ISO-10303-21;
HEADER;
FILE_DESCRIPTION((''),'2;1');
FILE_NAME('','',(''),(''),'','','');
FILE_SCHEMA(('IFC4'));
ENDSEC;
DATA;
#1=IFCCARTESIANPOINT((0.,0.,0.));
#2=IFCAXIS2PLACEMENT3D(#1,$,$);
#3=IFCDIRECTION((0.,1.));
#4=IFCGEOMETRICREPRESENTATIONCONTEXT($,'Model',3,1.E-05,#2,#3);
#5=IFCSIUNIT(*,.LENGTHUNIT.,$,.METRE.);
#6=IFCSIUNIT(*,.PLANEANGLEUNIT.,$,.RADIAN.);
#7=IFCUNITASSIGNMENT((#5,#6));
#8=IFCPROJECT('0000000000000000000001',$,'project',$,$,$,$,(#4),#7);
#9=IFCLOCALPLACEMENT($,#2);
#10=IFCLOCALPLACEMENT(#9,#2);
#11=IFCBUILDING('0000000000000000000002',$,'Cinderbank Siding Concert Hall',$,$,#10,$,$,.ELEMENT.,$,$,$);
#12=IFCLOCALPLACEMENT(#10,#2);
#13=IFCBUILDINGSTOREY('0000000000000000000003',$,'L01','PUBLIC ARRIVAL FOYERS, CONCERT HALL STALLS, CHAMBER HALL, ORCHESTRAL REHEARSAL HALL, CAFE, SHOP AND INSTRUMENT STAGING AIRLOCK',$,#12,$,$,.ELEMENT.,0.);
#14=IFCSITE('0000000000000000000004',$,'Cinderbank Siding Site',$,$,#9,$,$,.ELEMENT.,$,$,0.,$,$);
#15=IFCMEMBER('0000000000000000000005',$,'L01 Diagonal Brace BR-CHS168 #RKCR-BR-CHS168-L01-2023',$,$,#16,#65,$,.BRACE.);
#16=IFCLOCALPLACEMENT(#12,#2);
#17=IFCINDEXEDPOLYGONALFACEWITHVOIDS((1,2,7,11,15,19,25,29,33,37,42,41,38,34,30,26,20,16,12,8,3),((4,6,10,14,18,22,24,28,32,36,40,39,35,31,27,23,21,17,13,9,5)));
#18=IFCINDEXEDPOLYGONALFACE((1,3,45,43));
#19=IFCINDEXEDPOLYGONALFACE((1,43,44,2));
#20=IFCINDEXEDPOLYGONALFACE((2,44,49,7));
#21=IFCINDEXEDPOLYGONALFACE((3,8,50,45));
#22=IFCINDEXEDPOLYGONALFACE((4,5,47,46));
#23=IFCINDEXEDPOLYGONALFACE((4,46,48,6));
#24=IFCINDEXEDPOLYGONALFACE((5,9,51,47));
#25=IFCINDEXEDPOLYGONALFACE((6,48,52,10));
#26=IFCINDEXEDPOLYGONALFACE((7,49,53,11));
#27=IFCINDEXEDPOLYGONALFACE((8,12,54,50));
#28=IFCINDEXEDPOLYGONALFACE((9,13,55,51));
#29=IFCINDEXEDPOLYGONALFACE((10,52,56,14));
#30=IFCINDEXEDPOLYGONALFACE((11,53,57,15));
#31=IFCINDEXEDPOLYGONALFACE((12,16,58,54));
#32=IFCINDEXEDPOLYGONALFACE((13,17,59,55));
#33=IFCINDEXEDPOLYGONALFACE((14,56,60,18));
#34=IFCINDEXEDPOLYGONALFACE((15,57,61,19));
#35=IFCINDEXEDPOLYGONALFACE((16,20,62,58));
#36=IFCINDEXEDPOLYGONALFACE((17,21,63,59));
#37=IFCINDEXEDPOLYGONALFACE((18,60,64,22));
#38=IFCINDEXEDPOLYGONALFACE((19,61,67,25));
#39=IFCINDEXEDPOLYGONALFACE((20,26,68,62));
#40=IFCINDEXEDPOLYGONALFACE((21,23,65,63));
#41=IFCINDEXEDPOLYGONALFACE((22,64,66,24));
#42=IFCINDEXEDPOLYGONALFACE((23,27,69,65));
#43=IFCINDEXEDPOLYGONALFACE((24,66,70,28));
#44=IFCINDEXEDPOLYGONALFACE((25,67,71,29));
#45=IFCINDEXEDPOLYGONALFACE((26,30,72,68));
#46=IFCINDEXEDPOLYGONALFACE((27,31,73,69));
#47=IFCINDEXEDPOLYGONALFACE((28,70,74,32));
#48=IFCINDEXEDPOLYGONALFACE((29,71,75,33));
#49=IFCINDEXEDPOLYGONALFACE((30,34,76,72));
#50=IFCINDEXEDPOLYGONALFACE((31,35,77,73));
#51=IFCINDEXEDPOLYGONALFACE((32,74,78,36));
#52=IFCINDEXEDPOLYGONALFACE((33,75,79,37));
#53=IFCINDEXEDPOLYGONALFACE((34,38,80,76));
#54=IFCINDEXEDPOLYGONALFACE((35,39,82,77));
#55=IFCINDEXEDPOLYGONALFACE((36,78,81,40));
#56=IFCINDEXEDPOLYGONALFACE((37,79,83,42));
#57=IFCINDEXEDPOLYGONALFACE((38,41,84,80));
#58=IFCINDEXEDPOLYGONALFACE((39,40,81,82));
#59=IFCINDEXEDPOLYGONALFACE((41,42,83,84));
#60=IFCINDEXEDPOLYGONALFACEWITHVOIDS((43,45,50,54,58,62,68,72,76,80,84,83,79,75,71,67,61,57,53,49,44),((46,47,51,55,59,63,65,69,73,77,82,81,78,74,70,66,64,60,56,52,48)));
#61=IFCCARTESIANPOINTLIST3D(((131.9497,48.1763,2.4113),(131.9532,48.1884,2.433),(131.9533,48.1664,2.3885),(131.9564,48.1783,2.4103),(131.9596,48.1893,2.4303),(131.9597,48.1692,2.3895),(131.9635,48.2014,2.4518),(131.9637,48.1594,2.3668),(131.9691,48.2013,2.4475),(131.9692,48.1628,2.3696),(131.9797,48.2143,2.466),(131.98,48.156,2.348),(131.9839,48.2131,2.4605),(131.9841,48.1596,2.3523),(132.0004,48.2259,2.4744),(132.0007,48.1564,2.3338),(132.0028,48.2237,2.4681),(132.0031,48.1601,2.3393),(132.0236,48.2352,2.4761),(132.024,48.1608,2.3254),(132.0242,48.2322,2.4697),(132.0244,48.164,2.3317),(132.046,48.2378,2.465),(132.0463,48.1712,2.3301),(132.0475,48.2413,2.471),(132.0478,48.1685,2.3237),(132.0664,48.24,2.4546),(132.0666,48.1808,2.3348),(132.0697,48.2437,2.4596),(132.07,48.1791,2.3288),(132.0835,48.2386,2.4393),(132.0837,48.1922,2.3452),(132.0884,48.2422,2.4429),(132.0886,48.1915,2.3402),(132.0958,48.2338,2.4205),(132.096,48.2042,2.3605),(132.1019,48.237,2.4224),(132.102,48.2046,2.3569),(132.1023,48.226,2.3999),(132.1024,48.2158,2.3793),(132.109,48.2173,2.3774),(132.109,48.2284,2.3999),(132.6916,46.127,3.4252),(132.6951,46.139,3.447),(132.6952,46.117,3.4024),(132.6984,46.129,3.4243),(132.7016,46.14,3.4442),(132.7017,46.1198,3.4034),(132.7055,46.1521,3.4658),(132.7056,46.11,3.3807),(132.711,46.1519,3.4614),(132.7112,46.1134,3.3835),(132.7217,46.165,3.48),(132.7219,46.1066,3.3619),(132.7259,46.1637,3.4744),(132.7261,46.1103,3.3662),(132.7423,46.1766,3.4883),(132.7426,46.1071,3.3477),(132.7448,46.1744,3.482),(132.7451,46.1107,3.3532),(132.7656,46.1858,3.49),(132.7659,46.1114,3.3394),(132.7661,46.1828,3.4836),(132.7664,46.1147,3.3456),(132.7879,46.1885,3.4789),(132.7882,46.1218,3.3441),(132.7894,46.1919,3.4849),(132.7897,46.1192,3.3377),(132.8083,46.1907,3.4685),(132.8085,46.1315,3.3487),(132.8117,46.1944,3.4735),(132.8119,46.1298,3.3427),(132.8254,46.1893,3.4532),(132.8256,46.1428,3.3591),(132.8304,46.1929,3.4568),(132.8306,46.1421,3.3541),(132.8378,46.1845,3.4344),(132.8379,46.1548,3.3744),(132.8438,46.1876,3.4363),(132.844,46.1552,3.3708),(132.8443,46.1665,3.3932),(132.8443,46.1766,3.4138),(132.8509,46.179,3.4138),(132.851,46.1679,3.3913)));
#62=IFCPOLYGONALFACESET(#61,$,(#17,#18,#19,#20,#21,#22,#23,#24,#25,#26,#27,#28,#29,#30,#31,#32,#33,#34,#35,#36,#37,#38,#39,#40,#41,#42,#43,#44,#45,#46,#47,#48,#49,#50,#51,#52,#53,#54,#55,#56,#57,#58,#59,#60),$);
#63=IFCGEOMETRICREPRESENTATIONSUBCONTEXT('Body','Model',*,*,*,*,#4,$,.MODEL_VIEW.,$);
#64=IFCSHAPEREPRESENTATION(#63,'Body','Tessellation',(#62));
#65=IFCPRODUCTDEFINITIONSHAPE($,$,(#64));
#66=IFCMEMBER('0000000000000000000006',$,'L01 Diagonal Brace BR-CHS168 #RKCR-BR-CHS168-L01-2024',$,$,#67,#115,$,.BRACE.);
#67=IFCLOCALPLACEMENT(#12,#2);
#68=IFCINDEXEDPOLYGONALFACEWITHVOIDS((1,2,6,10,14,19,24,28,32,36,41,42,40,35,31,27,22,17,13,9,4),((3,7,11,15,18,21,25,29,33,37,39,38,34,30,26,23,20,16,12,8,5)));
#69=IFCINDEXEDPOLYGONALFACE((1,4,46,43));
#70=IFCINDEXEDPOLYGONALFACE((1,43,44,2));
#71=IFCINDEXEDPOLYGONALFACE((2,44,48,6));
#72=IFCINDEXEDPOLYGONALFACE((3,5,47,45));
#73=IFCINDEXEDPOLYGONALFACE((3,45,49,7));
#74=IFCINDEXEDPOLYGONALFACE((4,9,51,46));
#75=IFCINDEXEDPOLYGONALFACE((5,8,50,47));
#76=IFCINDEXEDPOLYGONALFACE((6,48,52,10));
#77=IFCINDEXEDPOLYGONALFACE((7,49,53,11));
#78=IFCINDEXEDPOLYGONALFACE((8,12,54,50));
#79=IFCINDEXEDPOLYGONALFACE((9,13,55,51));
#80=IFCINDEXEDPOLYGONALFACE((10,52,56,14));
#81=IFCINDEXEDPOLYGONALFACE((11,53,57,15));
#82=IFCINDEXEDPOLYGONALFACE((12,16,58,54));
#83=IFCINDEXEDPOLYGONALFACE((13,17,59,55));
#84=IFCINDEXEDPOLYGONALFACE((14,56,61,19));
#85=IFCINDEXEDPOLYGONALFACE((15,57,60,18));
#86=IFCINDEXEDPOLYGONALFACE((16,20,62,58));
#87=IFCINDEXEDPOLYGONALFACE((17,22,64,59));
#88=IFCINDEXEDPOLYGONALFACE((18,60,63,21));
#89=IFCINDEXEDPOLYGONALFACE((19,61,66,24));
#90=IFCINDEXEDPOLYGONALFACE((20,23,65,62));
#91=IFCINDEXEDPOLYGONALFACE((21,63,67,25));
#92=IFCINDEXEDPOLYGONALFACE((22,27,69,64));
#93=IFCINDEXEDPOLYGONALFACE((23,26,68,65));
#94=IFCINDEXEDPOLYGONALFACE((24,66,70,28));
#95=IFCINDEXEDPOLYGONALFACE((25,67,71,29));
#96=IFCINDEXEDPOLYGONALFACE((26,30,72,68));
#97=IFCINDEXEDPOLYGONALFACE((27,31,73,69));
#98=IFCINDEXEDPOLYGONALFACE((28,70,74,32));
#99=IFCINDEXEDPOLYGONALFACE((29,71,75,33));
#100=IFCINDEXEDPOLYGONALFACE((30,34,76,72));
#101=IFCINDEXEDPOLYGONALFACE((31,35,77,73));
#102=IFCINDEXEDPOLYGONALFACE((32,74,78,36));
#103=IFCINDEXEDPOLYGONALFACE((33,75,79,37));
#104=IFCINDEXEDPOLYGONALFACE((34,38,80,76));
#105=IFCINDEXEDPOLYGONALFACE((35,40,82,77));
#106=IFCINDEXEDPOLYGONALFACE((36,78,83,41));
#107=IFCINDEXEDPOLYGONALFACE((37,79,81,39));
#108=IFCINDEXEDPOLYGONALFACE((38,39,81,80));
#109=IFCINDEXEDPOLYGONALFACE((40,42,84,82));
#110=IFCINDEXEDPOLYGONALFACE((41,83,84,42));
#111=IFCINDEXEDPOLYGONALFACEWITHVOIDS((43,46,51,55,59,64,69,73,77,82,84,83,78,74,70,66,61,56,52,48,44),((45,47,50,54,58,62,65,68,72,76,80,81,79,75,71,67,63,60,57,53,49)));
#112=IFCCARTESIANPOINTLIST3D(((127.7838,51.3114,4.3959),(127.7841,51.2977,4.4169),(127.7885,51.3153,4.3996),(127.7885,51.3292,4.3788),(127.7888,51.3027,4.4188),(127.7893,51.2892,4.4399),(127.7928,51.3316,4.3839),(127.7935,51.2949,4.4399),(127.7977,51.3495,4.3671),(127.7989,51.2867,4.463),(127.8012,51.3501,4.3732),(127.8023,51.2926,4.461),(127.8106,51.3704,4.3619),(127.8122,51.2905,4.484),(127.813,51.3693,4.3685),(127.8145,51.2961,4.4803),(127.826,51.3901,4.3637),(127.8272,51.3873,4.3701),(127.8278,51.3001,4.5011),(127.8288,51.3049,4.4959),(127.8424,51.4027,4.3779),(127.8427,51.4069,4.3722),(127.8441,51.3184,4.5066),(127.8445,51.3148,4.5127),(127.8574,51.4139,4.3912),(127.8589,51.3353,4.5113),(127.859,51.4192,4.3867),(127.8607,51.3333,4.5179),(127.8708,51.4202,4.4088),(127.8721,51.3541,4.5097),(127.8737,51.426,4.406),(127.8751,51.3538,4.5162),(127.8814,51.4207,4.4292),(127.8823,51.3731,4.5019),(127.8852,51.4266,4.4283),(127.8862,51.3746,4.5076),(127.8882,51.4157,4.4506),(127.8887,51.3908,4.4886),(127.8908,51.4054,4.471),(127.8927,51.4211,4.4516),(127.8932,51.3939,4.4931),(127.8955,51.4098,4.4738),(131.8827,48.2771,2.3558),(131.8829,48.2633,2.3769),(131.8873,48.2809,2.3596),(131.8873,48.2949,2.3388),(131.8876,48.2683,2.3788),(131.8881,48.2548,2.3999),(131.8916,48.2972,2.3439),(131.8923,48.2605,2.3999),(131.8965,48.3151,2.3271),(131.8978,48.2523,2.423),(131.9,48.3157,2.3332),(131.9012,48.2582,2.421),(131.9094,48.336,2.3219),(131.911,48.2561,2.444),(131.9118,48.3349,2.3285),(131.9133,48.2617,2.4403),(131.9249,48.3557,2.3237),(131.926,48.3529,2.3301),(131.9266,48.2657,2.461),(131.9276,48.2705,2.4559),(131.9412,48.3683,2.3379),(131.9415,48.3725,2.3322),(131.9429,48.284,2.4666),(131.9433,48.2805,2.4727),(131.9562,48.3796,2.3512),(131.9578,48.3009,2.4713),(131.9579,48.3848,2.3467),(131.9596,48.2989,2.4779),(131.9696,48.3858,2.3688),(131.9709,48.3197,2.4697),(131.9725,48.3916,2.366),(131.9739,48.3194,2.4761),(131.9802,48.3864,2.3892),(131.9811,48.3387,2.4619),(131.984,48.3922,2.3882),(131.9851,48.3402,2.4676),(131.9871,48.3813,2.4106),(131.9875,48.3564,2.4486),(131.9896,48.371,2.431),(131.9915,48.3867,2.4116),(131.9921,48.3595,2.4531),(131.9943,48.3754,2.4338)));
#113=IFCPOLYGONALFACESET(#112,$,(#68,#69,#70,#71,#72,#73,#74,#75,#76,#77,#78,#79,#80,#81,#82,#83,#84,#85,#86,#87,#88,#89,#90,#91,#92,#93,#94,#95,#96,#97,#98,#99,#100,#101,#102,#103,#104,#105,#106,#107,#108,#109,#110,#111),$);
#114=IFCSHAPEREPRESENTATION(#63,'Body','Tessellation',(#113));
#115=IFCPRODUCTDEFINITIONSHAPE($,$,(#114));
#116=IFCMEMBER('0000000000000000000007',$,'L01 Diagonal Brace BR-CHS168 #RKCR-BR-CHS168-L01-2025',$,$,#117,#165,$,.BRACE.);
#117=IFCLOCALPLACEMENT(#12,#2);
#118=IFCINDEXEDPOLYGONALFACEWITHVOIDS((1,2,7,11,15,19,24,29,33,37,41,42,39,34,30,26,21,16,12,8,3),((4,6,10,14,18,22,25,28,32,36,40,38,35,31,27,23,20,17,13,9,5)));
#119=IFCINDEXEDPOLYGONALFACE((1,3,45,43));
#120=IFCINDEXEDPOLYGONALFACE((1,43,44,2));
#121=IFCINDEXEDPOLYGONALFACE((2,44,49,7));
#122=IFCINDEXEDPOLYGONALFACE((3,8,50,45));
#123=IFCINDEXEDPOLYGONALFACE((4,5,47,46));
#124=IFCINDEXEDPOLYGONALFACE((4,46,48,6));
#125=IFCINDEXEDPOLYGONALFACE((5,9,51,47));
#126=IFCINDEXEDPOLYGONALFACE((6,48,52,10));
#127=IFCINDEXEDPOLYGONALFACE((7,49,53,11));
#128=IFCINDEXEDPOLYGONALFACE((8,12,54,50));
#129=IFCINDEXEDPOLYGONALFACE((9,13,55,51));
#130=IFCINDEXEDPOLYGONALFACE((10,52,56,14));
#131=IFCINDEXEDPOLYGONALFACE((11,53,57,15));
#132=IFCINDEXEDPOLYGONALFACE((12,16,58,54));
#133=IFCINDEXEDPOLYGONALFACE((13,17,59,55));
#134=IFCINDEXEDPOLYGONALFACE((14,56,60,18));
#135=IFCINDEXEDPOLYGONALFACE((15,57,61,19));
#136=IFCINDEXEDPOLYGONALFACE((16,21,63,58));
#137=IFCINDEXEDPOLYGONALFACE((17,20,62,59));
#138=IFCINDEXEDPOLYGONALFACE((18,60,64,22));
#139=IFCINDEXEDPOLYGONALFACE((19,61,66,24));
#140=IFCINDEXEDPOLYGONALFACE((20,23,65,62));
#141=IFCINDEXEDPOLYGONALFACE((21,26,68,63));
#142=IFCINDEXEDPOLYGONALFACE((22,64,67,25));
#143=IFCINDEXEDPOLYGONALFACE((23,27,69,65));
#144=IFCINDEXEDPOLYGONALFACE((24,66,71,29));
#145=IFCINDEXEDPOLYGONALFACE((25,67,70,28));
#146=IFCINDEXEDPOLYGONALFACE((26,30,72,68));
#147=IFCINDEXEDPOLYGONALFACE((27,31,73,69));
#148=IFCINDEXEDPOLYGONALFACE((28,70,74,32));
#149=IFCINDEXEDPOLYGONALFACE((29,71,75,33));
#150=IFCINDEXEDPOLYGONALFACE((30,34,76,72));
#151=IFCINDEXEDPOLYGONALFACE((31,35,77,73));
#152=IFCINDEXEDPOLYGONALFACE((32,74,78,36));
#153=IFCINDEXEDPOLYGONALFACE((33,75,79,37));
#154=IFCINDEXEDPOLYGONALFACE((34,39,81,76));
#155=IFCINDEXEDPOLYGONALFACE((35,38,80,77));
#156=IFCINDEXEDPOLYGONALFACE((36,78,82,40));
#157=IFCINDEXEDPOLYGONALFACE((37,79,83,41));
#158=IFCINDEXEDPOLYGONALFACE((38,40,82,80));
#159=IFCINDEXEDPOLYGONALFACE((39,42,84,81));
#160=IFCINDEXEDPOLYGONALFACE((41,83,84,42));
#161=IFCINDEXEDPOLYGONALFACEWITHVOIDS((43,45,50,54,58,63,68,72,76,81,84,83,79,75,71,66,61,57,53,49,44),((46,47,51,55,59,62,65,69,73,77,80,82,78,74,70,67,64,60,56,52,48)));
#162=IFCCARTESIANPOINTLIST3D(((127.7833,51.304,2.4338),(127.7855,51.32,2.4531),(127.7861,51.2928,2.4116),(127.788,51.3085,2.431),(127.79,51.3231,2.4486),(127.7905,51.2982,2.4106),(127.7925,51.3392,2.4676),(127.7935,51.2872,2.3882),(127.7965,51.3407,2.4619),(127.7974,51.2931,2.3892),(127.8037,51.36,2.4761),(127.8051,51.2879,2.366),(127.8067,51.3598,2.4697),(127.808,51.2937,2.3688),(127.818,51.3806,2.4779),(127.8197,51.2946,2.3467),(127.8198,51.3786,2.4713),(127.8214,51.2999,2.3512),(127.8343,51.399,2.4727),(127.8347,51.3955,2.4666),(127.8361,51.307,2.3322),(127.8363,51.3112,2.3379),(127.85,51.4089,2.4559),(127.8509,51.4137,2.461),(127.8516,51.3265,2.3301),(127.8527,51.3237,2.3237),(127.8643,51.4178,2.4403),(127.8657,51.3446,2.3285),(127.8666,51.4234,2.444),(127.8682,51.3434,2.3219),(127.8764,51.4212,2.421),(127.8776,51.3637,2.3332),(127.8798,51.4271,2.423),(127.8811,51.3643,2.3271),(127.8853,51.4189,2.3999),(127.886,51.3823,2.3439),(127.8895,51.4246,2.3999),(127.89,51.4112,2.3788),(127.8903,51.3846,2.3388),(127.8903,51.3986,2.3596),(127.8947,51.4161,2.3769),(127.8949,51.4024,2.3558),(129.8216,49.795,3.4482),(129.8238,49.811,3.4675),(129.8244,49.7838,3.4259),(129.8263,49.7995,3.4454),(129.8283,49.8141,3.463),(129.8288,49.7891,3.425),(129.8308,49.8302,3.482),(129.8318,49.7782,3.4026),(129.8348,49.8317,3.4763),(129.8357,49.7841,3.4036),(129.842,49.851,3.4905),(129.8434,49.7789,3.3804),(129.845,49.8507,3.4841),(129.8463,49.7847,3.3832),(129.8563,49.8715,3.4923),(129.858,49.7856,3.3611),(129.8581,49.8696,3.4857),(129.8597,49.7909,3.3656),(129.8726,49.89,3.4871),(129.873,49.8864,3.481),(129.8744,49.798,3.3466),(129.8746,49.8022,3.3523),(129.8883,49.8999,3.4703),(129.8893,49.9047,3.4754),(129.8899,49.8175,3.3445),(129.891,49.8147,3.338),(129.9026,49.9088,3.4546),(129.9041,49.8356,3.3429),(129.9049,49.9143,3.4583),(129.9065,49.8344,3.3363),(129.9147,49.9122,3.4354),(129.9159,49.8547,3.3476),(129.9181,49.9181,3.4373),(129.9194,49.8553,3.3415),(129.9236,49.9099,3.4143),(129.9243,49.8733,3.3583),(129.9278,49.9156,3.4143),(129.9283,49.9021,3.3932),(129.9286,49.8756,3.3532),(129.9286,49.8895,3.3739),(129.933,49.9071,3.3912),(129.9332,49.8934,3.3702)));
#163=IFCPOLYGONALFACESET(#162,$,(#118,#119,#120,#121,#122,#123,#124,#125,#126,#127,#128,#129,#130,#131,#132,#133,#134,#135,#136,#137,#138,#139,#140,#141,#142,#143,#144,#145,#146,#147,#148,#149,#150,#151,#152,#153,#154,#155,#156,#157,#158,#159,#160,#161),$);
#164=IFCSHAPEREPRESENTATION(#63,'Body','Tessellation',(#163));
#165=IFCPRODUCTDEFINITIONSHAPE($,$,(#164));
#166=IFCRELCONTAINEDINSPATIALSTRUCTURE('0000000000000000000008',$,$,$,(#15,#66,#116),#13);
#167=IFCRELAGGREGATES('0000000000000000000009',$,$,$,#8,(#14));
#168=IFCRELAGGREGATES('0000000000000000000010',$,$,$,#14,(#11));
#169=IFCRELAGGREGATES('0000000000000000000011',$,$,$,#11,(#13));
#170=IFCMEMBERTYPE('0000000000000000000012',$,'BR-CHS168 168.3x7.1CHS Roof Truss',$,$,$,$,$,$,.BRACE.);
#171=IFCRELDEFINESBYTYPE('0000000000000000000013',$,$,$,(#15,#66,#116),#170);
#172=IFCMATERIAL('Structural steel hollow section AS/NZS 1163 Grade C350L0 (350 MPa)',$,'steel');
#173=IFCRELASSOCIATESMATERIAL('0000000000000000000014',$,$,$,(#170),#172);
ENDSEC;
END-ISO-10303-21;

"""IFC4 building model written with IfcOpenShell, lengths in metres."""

from ifc_helpers import new_model, si_unit, direction, frame, origin, origin_2d, place, context, subcontext, project, spatial, hollow_circle, extrude, material, material_profile, profile_set, type_object, element, save


model = new_model("IFC4")

# Units and contexts
model_context = context("Model", 3, precision=1e-05, world=origin(), true_north=direction((0.0, 1.0)))
body_context = subcontext(model_context, "Body", "Model", "MODEL_VIEW")
ifc_project = project(units=[si_unit("LENGTHUNIT", "METRE"), si_unit("PLANEANGLEUNIT", "RADIAN")], contexts=[model_context])

# Site, building, storey
site_placement = place(None, origin())
site = spatial("IfcSite", under=ifc_project, at=site_placement, Name="Cinderbank Siding Site", CompositionType="ELEMENT", RefElevation=0.0)
building_placement = place(site_placement, origin())
building = spatial("IfcBuilding", under=site, at=building_placement, Name="Cinderbank Siding Concert Hall", CompositionType="ELEMENT")
storey_placement = place(building_placement, origin())
storey = spatial("IfcBuildingStorey", under=building, at=storey_placement, Name="L01", Description="PUBLIC ARRIVAL FOYERS, CONCERT HALL STALLS, CHAMBER HALL, ORCHESTRAL REHEARSAL HALL, CAFE, SHOP AND INSTRUMENT STAGING AIRLOCK", CompositionType="ELEMENT", Elevation=0.0)

# Members
ifc_material_1 = material(Name="Structural steel hollow section AS/NZS 1163 Grade C350L0 (350 MPa)", Category="steel")
ifc_material_profile_1 = material_profile(ifc_material_1, hollow_circle(Radius=0.0842, WallThickness=0.0071, at=origin_2d()), Name="168.3x7.1CHS", Category="LoadBearing")
ifc_profile_set_1 = profile_set([ifc_material_profile_1], Name="Structural steel hollow section AS/NZS 1163 Grade C350L0 (350 MPa)")
member_type = type_object("IfcMemberType", Name="BR-CHS168 168.3x7.1CHS Roof Truss", PredefinedType="BRACE", material=ifc_profile_set_1)
member_1_placement = place(storey_placement, frame((132.0298, 48.1997, 2.3999), z_axis=(0.308656, -0.852536, 0.421799), x_axis=(0.940273, 0.340421, 0.0)))
element("IfcMember", 1, at=member_1_placement, inside=storey, type_object=member_type, Name="L01 Diagonal Brace BR-CHS168 #RKCR-BR-CHS168-L01-2023", PredefinedType="BRACE", context=body_context, shape_type="SweptSolid", body=[
    extrude(hollow_circle(Radius=0.0842, WallThickness=0.0071, at=origin_2d()), origin(), (0.0, 0.0, 1.0), 2.4038),
])
member_2_placement = place(storey_placement, frame((131.9382, 48.3225, 2.3999), z_axis=(-0.746234, 0.552442, 0.371406), x_axis=(-0.595002, -0.803724, 0.0)))
element("IfcMember", 2, at=member_2_placement, inside=storey, type_object=member_type, Name="L01 Diagonal Brace BR-CHS168 #RKCR-BR-CHS168-L01-2024", PredefinedType="BRACE", context=body_context, shape_type="SweptSolid", body=[
    extrude(hollow_circle(Radius=0.0842, WallThickness=0.0071, at=origin_2d()), origin(), (0.0, 0.0, 1.0), 5.4927),
])
for number, where, z_axis, x_axis, name in (
    (3, (127.8394, 51.3569, 2.3999), (0.746236, -0.55246, 0.371375), (0.595013, 0.803716, 0.0), "L01 Diagonal Brace BR-CHS168 #RKCR-BR-CHS168-L01-2025"),
):
    element("IfcMember", number, at=place(storey_placement, frame(where, z_axis=z_axis, x_axis=x_axis)), inside=storey, type_object=member_type, Name=name, PredefinedType="BRACE", context=body_context, shape_type="SweptSolid", body=[
        extrude(hollow_circle(Radius=0.0842, WallThickness=0.0071, at=origin_2d()), origin(), (0.0, 0.0, 1.0), 2.7314),
    ])

save(model, "model.ifc")
